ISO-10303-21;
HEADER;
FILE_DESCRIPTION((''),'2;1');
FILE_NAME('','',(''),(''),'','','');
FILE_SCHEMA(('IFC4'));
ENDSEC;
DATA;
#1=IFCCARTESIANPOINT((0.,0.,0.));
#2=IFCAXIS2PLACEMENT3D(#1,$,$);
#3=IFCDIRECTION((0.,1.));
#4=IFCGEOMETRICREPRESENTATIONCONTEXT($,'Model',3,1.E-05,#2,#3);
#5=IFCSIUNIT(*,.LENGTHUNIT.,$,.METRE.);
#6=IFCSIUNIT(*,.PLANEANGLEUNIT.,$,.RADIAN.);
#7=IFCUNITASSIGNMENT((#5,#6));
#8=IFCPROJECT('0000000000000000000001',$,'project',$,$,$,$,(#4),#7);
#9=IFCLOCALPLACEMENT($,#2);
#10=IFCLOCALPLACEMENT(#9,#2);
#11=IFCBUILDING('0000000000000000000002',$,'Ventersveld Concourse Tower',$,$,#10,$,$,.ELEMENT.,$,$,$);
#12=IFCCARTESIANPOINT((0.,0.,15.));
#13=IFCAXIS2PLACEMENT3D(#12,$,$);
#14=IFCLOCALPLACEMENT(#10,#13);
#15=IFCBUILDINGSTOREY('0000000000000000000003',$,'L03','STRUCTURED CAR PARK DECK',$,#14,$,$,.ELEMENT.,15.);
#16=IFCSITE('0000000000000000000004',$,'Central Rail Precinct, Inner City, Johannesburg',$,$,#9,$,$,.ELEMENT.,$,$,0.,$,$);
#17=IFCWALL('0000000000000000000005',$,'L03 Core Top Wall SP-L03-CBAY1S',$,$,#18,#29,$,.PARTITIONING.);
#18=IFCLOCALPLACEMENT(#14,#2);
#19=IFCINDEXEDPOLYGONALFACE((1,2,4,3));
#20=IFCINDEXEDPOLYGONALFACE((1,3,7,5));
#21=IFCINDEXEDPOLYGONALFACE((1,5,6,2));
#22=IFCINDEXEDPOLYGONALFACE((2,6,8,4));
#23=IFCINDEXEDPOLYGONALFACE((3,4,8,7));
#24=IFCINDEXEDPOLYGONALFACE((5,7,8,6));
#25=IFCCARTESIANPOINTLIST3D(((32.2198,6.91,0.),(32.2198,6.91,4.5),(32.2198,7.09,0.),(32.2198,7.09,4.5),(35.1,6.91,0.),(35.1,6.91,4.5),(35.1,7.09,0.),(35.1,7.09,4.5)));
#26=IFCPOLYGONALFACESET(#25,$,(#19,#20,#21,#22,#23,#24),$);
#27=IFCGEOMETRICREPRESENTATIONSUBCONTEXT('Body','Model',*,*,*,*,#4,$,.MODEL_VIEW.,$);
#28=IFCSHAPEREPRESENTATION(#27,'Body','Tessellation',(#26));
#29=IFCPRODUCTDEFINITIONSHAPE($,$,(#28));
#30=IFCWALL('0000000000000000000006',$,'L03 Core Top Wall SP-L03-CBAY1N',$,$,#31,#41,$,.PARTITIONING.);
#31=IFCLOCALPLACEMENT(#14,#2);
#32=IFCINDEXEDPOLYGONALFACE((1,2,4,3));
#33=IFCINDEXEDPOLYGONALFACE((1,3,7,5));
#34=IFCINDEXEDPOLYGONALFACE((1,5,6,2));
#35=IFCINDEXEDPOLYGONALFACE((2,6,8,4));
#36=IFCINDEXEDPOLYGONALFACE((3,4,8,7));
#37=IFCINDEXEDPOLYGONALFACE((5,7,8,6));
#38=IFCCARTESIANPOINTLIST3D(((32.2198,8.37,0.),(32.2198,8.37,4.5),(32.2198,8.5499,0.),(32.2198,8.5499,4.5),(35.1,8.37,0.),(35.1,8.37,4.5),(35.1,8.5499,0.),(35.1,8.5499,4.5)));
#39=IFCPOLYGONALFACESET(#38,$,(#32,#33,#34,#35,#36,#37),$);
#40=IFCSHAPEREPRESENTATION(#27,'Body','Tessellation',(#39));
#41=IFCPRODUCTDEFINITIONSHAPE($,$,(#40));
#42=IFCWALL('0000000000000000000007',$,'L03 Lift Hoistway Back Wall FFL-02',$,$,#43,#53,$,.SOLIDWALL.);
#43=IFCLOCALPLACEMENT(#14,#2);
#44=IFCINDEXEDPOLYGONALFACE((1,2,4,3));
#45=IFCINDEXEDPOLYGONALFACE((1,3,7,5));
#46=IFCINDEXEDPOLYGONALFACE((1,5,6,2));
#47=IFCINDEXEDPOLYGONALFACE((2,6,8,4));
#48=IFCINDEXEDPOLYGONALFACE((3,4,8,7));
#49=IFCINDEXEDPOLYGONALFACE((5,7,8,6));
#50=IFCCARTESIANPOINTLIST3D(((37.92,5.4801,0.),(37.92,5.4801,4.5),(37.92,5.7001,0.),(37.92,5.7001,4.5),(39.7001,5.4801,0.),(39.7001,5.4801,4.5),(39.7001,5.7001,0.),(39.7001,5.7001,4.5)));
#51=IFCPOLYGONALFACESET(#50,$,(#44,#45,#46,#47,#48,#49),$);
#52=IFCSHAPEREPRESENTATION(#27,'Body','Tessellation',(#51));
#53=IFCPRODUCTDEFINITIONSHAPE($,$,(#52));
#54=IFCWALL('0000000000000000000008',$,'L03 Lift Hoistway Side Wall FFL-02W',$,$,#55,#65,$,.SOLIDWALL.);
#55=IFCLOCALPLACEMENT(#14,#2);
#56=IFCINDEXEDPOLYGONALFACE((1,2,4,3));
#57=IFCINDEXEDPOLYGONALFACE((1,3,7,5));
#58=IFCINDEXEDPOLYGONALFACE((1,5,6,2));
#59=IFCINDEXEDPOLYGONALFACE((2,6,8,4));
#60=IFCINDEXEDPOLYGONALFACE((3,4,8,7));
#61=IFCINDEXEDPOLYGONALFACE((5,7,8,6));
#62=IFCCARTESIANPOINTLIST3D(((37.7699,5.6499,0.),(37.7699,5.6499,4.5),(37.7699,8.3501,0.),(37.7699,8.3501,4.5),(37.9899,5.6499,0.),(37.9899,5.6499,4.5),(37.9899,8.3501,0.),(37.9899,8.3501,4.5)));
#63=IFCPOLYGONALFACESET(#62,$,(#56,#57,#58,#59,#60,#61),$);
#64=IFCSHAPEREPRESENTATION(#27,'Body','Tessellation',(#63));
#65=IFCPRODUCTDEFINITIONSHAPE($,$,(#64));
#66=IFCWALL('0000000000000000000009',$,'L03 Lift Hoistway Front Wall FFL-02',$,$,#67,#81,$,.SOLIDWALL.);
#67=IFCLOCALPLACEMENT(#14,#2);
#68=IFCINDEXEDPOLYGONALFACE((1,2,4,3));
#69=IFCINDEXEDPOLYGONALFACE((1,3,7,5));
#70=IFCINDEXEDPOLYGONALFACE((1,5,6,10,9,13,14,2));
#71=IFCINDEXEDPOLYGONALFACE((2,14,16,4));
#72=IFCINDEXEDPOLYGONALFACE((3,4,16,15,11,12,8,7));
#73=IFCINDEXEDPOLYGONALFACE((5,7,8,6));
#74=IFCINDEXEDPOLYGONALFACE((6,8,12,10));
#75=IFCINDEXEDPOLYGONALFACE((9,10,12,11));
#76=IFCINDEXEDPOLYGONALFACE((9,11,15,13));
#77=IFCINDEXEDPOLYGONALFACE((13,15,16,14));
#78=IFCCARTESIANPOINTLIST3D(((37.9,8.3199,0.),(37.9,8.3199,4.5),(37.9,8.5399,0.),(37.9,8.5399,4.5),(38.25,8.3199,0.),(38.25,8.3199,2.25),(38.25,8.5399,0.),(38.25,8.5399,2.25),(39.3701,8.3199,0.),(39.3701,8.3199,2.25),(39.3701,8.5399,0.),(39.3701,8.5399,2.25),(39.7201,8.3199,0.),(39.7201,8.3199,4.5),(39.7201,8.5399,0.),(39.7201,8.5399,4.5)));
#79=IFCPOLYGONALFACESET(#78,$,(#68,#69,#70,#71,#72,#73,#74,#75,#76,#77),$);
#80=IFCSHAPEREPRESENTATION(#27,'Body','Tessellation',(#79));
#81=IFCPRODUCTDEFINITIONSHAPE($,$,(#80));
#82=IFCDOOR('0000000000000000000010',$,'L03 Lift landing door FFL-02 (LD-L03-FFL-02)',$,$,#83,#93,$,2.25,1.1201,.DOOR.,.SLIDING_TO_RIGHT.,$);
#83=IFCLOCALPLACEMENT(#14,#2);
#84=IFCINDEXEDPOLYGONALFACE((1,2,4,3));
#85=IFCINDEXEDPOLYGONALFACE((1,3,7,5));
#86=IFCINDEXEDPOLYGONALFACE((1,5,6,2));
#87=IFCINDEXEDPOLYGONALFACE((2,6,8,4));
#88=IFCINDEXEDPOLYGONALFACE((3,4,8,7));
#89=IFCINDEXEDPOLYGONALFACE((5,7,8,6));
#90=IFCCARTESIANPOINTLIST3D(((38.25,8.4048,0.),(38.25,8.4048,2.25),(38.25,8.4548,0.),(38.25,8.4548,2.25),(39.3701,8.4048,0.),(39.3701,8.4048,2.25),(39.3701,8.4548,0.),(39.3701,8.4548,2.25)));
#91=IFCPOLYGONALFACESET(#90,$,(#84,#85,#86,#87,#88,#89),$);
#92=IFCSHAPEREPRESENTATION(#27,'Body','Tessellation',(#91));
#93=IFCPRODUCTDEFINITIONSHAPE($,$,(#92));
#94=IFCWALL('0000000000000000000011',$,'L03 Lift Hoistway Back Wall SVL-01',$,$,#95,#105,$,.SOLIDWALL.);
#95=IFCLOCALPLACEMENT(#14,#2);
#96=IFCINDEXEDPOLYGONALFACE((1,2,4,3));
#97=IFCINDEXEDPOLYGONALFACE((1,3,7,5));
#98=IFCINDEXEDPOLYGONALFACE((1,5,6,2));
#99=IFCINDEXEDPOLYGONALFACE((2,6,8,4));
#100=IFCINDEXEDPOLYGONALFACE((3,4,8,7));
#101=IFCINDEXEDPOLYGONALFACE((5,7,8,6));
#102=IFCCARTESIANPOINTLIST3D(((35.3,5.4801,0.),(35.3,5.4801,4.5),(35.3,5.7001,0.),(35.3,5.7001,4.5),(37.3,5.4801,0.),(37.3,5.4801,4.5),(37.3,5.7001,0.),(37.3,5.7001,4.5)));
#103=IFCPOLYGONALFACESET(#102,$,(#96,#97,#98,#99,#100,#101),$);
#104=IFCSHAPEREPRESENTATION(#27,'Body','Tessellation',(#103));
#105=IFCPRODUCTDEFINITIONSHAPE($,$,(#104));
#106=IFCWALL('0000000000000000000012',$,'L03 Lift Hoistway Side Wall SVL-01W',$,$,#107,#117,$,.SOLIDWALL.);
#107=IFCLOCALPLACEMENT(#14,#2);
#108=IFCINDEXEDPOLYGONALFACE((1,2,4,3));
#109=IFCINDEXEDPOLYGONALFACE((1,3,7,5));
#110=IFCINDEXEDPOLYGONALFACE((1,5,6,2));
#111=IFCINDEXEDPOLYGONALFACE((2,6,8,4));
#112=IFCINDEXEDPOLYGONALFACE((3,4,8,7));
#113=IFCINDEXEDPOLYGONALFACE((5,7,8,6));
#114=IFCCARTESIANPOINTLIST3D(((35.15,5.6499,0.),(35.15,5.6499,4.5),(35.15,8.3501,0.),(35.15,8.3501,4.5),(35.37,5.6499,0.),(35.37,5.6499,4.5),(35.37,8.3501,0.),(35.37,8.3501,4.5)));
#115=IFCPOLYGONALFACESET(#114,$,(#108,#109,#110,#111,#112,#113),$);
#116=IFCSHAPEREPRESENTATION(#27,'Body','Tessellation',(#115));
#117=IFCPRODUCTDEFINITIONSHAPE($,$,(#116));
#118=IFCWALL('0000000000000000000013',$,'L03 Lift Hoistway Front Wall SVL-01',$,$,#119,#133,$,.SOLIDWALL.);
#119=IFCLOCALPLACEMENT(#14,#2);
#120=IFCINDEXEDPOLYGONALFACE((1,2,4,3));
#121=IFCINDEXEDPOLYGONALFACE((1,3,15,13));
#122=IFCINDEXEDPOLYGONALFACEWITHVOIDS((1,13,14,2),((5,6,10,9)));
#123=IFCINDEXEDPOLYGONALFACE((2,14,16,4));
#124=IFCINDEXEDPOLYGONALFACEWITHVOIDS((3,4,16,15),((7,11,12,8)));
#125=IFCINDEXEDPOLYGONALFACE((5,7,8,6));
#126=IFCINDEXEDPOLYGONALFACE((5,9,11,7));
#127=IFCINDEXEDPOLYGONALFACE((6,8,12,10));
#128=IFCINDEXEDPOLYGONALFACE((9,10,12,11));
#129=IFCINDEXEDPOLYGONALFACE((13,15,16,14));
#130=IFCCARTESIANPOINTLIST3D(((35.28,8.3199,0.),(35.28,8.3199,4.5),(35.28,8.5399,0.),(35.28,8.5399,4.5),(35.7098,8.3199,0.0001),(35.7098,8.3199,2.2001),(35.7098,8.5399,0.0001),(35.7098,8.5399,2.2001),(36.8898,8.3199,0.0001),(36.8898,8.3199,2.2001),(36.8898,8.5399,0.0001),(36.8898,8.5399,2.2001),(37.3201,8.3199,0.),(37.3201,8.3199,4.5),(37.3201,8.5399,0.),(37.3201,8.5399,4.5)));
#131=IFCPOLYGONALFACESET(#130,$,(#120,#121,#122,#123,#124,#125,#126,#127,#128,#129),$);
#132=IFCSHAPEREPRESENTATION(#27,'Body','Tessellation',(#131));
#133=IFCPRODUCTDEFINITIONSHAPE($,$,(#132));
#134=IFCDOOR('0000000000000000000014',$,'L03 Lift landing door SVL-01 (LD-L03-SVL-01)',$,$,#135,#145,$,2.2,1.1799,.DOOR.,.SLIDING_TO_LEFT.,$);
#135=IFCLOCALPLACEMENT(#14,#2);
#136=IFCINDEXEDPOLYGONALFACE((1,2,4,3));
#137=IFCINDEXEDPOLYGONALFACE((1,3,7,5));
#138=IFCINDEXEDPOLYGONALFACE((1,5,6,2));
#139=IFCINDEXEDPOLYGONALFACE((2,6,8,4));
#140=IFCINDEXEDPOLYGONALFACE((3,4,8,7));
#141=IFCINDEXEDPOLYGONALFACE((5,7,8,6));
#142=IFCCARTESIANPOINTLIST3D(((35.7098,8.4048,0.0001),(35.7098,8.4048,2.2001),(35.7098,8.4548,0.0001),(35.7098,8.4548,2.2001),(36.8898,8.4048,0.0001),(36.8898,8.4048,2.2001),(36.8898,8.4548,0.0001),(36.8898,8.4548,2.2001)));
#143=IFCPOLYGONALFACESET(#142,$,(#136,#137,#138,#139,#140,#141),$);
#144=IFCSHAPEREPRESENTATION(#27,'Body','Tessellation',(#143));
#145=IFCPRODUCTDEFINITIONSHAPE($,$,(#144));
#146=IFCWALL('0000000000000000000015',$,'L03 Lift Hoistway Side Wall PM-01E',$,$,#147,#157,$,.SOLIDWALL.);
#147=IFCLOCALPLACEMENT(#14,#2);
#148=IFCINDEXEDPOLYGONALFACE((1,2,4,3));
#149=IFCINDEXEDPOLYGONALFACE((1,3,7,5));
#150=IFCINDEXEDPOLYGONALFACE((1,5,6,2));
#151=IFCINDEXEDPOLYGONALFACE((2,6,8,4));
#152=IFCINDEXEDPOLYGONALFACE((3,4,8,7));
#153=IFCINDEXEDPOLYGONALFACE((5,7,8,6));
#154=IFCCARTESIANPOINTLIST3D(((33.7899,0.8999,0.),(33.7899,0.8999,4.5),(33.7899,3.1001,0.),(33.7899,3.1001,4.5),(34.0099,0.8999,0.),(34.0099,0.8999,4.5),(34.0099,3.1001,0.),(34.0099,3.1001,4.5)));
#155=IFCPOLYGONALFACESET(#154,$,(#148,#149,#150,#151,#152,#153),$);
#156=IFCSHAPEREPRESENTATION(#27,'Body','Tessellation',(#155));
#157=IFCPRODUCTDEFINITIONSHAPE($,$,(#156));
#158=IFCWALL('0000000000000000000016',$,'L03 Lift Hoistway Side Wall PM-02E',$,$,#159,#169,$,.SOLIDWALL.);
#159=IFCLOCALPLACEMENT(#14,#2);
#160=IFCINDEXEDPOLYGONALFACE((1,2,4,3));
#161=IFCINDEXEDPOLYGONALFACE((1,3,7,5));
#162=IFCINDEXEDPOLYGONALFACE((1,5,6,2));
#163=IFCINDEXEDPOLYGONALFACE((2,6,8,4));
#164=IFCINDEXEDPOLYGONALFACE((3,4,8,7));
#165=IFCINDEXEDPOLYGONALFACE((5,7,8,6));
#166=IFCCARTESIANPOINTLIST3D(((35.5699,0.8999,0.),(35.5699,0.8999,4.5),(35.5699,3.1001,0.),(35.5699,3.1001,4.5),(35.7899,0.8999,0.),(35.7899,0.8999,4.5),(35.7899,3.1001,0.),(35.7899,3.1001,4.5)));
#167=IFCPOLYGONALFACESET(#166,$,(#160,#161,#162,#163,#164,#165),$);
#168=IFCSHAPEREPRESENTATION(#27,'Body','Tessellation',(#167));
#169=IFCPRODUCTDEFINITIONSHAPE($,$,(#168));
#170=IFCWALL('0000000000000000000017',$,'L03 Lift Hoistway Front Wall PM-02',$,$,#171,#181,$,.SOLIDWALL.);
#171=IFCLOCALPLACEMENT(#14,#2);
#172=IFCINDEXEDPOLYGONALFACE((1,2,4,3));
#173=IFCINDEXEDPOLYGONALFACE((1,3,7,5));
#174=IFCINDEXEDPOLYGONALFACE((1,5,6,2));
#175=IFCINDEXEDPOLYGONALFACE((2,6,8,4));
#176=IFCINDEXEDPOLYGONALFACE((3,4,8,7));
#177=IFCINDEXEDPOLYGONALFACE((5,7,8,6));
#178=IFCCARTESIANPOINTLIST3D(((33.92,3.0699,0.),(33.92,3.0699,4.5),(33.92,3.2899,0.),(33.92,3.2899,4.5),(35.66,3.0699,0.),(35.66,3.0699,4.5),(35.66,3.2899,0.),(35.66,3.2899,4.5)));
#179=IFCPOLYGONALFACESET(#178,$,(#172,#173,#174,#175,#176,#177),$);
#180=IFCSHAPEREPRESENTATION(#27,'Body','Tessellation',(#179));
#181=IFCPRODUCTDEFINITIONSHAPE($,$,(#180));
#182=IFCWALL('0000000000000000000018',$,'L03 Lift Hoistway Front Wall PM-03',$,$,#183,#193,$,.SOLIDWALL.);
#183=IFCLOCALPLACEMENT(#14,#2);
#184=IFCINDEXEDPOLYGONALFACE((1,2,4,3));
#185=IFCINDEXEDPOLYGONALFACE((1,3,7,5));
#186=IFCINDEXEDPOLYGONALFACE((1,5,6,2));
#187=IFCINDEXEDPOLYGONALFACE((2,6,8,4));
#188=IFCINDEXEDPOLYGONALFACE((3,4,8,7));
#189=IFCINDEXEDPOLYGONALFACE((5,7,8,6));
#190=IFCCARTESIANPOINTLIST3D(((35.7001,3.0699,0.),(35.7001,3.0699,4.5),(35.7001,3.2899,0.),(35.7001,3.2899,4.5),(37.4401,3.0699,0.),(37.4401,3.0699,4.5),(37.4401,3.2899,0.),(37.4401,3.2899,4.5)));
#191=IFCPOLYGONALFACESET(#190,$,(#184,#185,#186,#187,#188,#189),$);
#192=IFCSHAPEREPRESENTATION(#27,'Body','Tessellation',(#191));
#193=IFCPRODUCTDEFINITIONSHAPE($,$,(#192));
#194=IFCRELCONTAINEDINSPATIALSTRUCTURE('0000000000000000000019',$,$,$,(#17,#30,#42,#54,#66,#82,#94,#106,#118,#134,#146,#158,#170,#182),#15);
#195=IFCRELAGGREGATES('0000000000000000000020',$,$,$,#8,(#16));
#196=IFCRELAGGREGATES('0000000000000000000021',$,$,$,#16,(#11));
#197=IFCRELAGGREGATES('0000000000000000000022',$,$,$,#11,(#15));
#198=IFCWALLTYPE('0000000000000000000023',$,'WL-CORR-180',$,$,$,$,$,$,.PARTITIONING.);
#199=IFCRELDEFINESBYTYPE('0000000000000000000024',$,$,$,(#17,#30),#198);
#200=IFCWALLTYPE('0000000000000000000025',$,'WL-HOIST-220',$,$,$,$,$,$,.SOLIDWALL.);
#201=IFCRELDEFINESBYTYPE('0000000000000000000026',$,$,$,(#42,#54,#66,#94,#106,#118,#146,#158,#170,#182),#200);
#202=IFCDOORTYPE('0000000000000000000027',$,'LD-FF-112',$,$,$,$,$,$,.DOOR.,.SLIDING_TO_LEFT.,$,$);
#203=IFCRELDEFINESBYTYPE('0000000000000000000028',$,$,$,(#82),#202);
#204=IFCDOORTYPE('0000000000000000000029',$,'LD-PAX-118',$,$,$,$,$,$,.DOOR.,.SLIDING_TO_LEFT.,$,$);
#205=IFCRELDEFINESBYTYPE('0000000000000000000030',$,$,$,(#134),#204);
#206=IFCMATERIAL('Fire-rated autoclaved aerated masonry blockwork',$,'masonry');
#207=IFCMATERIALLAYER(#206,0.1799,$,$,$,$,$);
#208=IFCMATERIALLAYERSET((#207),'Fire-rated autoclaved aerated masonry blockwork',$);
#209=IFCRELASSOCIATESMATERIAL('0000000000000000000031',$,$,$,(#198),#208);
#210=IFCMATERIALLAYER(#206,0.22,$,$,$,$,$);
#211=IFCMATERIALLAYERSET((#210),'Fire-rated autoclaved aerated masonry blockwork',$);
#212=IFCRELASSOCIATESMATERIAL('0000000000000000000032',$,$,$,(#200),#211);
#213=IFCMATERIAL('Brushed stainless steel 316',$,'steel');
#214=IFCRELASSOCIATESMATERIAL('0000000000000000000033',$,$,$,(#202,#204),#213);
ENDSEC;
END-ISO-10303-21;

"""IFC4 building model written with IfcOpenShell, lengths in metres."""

from ifc_helpers import new_model, si_unit, direction, frame, frame_2d, origin, place, context, subcontext, project, spatial, rectangle, extrude, material, layer, layer_set, type_object, element, fill, save


model = new_model("IFC4")

# Units and contexts
model_context = context("Model", 3, precision=1e-05, world=origin(), true_north=direction((0.0, 1.0)))
body_context = subcontext(model_context, "Body", "Model", "MODEL_VIEW")
ifc_project = project(units=[si_unit("LENGTHUNIT", "METRE"), si_unit("PLANEANGLEUNIT", "RADIAN")], contexts=[model_context])

# Site, building, storey
site_placement = place(None, origin())
site = spatial("IfcSite", under=ifc_project, at=site_placement, Name="Central Rail Precinct, Inner City, Johannesburg", CompositionType="ELEMENT", RefElevation=0.0)
building_placement = place(site_placement, origin())
building = spatial("IfcBuilding", under=site, at=building_placement, Name="Ventersveld Concourse Tower", CompositionType="ELEMENT")
storey_placement = place(building_placement, frame((0.0, 0.0, 15.0)))
storey = spatial("IfcBuildingStorey", under=building, at=storey_placement, Name="L03", Description="STRUCTURED CAR PARK DECK", CompositionType="ELEMENT", Elevation=15.0)

# Walls
ifc_material_1 = material(Name="Fire-rated autoclaved aerated masonry blockwork", Category="masonry")
ifc_layer_1 = layer(ifc_material_1, 0.1799)
ifc_layer_set_1 = layer_set([ifc_layer_1], Name="Fire-rated autoclaved aerated masonry blockwork")
wall_type_1 = type_object("IfcWallType", Name="WL-CORR-180", PredefinedType="PARTITIONING", material=ifc_layer_set_1)
for number, where, z_axis, x_axis, name in (
    (1, (32.22, 7.0, 0.0), (0.0, 0.0, 1.0), (1.0, 0.0, 0.0), "L03 Core Top Wall SP-L03-CBAY1S"),
    (2, (32.22, 8.46, 0.0), (0.0, 0.0, 1.0), (1.0, 0.0, 0.0), "L03 Core Top Wall SP-L03-CBAY1N"),
):
    element("IfcWall", number, at=place(storey_placement, frame(where, z_axis=z_axis, x_axis=x_axis)), inside=storey, type_object=wall_type_1, Name=name, PredefinedType="PARTITIONING", context=body_context, shape_type="SweptSolid", body=[
        extrude(rectangle(XDim=2.8801, YDim=0.1799, at=frame_2d((1.4399, 0.0))), origin(), (0.0, 0.0, 1.0), 4.5),
    ])
ifc_layer_2 = layer(ifc_material_1, 0.22)
ifc_layer_set_2 = layer_set([ifc_layer_2], Name="Fire-rated autoclaved aerated masonry blockwork")
wall_type_2 = type_object("IfcWallType", Name="WL-HOIST-220", PredefinedType="SOLIDWALL", material=ifc_layer_set_2)
wall_1_placement = place(storey_placement, frame((37.9199, 5.5901, 0.0), z_axis=(0.0, 0.0, 1.0), x_axis=(1.0, 0.0, 0.0)))
element("IfcWall", 3, at=wall_1_placement, inside=storey, type_object=wall_type_2, Name="L03 Lift Hoistway Back Wall FFL-02", PredefinedType="SOLIDWALL", context=body_context, shape_type="SweptSolid", body=[
    extrude(rectangle(XDim=1.78, YDim=0.22, at=frame_2d((0.8901, 0.0))), origin(), (0.0, 0.0, 1.0), 4.5),
])
wall_2_placement = place(storey_placement, frame((37.8799, 5.6499, 0.0), z_axis=(0.0, 0.0, 1.0), x_axis=(0.0, 1.0, 0.0)))
element("IfcWall", 4, at=wall_2_placement, inside=storey, type_object=wall_type_2, Name="L03 Lift Hoistway Side Wall FFL-02W", PredefinedType="SOLIDWALL", context=body_context, shape_type="SweptSolid", body=[
    extrude(rectangle(XDim=2.7002, YDim=0.22, at=frame_2d((1.3501, 0.0))), origin(), (0.0, 0.0, 1.0), 4.5),
])

# Wall, opening, door
wall_3_placement = place(storey_placement, frame((37.8999, 8.4299, 0.0), z_axis=(0.0, 0.0, 1.0), x_axis=(1.0, 0.0, 0.0)))
wall_3 = element("IfcWall", 5, at=wall_3_placement, inside=storey, type_object=wall_type_2, Name="L03 Lift Hoistway Front Wall FFL-02", PredefinedType="SOLIDWALL", context=body_context, shape_type="SweptSolid", body=[
    extrude(rectangle(XDim=1.8201, YDim=0.22, at=frame_2d((0.9102, 0.0))), origin(), (0.0, 0.0, 1.0), 4.5),
])
opening_1_placement = place(wall_3_placement, frame((0.3501, 0.0, 0.0)))
opening_1 = element("IfcOpeningElement", 6, at=opening_1_placement, cuts=wall_3, PredefinedType="OPENING", context=body_context, shape_type="SweptSolid", body=[
    extrude(rectangle(XDim=1.1201, YDim=2.25, at=frame_2d((0.5601, 1.125))), frame((0.0, 0.1201, 0.0), z_axis=(0.0, -1.0, 0.0), x_axis=(1.0, 0.0, 0.0)), (0.0, 0.0, 1.0), 0.24),
])
ifc_material_2 = material(Name="Brushed stainless steel 316", Category="steel")
door_type_1 = type_object("IfcDoorType", Name="LD-FF-112", OperationType="SLIDING_TO_LEFT", PredefinedType="DOOR", material=ifc_material_2)
door_1_placement = place(opening_1_placement, origin())
door_1 = element("IfcDoor", 7, at=door_1_placement, inside=storey, type_object=door_type_1, Name="L03 Lift landing door FFL-02 (LD-L03-FFL-02)", OperationType="SLIDING_TO_RIGHT", OverallHeight=2.25, OverallWidth=1.1201, PredefinedType="DOOR", context=body_context, shape_type="SweptSolid", body=[
    extrude(rectangle(XDim=1.1201, YDim=2.25, at=frame_2d((0.5601, 1.125))), frame((0.0, 0.0249, 0.0), z_axis=(0.0, -1.0, 0.0), x_axis=(1.0, 0.0, 0.0)), (0.0, 0.0, 1.0), 0.05),
])
fill(opening_1, door_1)

# Walls
wall_4_placement = place(storey_placement, frame((35.3, 5.5901, 0.0), z_axis=(0.0, 0.0, 1.0), x_axis=(1.0, 0.0, 0.0)))
element("IfcWall", 8, at=wall_4_placement, inside=storey, type_object=wall_type_2, Name="L03 Lift Hoistway Back Wall SVL-01", PredefinedType="SOLIDWALL", context=body_context, shape_type="SweptSolid", body=[
    extrude(rectangle(XDim=2.0, YDim=0.22, at=frame_2d((1.0, 0.0))), origin(), (0.0, 0.0, 1.0), 4.5),
])
wall_5_placement = place(storey_placement, frame((35.26, 5.6499, 0.0), z_axis=(0.0, 0.0, 1.0), x_axis=(0.0, 1.0, 0.0)))
element("IfcWall", 9, at=wall_5_placement, inside=storey, type_object=wall_type_2, Name="L03 Lift Hoistway Side Wall SVL-01W", PredefinedType="SOLIDWALL", context=body_context, shape_type="SweptSolid", body=[
    extrude(rectangle(XDim=2.7002, YDim=0.22, at=frame_2d((1.3501, 0.0))), origin(), (0.0, 0.0, 1.0), 4.5),
])

# Wall, opening, door
wall_6_placement = place(storey_placement, frame((35.28, 8.4299, 0.0), z_axis=(0.0, 0.0, 1.0), x_axis=(1.0, 0.0, 0.0)))
wall_6 = element("IfcWall", 10, at=wall_6_placement, inside=storey, type_object=wall_type_2, Name="L03 Lift Hoistway Front Wall SVL-01", PredefinedType="SOLIDWALL", context=body_context, shape_type="SweptSolid", body=[
    extrude(rectangle(XDim=2.04, YDim=0.22, at=frame_2d((1.02, 0.0))), origin(), (0.0, 0.0, 1.0), 4.5),
])
opening_2_placement = place(wall_6_placement, frame((0.4299, 0.0, 0.0)))
opening_2 = element("IfcOpeningElement", 11, at=opening_2_placement, cuts=wall_6, PredefinedType="OPENING", context=body_context, shape_type="SweptSolid", body=[
    extrude(rectangle(XDim=1.1799, YDim=2.2, at=frame_2d((0.5898, 1.1001))), frame((0.0, 0.1201, 0.0), z_axis=(0.0, -1.0, 0.0), x_axis=(1.0, 0.0, 0.0)), (0.0, 0.0, 1.0), 0.24),
])
door_type_2 = type_object("IfcDoorType", Name="LD-PAX-118", OperationType="SLIDING_TO_LEFT", PredefinedType="DOOR", material=ifc_material_2)
door_2_placement = place(opening_2_placement, origin())
door_2 = element("IfcDoor", 12, at=door_2_placement, inside=storey, type_object=door_type_2, Name="L03 Lift landing door SVL-01 (LD-L03-SVL-01)", OperationType="SLIDING_TO_LEFT", OverallHeight=2.2, OverallWidth=1.1799, PredefinedType="DOOR", context=body_context, shape_type="SweptSolid", body=[
    extrude(rectangle(XDim=1.1799, YDim=2.2, at=frame_2d((0.5898, 1.1001))), frame((0.0, 0.0249, 0.0), z_axis=(0.0, -1.0, 0.0), x_axis=(1.0, 0.0, 0.0)), (0.0, 0.0, 1.0), 0.05),
])
fill(opening_2, door_2)

# Walls
for number, where, z_axis, x_axis, name in (
    (13, (33.8999, 0.8999, 0.0), (0.0, 0.0, 1.0), (0.0, 1.0, 0.0), "L03 Lift Hoistway Side Wall PM-01E"),
    (14, (35.6799, 0.8999, 0.0), (0.0, 0.0, 1.0), (0.0, 1.0, 0.0), "L03 Lift Hoistway Side Wall PM-02E"),
):
    element("IfcWall", number, at=place(storey_placement, frame(where, z_axis=z_axis, x_axis=x_axis)), inside=storey, type_object=wall_type_2, Name=name, PredefinedType="SOLIDWALL", context=body_context, shape_type="SweptSolid", body=[
        extrude(rectangle(XDim=2.2002, YDim=0.22, at=frame_2d((1.1001, 0.0))), origin(), (0.0, 0.0, 1.0), 4.5),
    ])
for number, where, z_axis, x_axis, name in (
    (15, (33.9199, 3.1799, 0.0), (0.0, 0.0, 1.0), (1.0, 0.0, 0.0), "L03 Lift Hoistway Front Wall PM-02"),
    (16, (35.7, 3.1799, 0.0), (0.0, 0.0, 1.0), (1.0, 0.0, 0.0), "L03 Lift Hoistway Front Wall PM-03"),
):
    element("IfcWall", number, at=place(storey_placement, frame(where, z_axis=z_axis, x_axis=x_axis)), inside=storey, type_object=wall_type_2, Name=name, PredefinedType="SOLIDWALL", context=body_context, shape_type="SweptSolid", body=[
        extrude(rectangle(XDim=1.74, YDim=0.22, at=frame_2d((0.8701, 0.0))), origin(), (0.0, 0.0, 1.0), 4.5),
    ])

save(model, "model.ifc")
